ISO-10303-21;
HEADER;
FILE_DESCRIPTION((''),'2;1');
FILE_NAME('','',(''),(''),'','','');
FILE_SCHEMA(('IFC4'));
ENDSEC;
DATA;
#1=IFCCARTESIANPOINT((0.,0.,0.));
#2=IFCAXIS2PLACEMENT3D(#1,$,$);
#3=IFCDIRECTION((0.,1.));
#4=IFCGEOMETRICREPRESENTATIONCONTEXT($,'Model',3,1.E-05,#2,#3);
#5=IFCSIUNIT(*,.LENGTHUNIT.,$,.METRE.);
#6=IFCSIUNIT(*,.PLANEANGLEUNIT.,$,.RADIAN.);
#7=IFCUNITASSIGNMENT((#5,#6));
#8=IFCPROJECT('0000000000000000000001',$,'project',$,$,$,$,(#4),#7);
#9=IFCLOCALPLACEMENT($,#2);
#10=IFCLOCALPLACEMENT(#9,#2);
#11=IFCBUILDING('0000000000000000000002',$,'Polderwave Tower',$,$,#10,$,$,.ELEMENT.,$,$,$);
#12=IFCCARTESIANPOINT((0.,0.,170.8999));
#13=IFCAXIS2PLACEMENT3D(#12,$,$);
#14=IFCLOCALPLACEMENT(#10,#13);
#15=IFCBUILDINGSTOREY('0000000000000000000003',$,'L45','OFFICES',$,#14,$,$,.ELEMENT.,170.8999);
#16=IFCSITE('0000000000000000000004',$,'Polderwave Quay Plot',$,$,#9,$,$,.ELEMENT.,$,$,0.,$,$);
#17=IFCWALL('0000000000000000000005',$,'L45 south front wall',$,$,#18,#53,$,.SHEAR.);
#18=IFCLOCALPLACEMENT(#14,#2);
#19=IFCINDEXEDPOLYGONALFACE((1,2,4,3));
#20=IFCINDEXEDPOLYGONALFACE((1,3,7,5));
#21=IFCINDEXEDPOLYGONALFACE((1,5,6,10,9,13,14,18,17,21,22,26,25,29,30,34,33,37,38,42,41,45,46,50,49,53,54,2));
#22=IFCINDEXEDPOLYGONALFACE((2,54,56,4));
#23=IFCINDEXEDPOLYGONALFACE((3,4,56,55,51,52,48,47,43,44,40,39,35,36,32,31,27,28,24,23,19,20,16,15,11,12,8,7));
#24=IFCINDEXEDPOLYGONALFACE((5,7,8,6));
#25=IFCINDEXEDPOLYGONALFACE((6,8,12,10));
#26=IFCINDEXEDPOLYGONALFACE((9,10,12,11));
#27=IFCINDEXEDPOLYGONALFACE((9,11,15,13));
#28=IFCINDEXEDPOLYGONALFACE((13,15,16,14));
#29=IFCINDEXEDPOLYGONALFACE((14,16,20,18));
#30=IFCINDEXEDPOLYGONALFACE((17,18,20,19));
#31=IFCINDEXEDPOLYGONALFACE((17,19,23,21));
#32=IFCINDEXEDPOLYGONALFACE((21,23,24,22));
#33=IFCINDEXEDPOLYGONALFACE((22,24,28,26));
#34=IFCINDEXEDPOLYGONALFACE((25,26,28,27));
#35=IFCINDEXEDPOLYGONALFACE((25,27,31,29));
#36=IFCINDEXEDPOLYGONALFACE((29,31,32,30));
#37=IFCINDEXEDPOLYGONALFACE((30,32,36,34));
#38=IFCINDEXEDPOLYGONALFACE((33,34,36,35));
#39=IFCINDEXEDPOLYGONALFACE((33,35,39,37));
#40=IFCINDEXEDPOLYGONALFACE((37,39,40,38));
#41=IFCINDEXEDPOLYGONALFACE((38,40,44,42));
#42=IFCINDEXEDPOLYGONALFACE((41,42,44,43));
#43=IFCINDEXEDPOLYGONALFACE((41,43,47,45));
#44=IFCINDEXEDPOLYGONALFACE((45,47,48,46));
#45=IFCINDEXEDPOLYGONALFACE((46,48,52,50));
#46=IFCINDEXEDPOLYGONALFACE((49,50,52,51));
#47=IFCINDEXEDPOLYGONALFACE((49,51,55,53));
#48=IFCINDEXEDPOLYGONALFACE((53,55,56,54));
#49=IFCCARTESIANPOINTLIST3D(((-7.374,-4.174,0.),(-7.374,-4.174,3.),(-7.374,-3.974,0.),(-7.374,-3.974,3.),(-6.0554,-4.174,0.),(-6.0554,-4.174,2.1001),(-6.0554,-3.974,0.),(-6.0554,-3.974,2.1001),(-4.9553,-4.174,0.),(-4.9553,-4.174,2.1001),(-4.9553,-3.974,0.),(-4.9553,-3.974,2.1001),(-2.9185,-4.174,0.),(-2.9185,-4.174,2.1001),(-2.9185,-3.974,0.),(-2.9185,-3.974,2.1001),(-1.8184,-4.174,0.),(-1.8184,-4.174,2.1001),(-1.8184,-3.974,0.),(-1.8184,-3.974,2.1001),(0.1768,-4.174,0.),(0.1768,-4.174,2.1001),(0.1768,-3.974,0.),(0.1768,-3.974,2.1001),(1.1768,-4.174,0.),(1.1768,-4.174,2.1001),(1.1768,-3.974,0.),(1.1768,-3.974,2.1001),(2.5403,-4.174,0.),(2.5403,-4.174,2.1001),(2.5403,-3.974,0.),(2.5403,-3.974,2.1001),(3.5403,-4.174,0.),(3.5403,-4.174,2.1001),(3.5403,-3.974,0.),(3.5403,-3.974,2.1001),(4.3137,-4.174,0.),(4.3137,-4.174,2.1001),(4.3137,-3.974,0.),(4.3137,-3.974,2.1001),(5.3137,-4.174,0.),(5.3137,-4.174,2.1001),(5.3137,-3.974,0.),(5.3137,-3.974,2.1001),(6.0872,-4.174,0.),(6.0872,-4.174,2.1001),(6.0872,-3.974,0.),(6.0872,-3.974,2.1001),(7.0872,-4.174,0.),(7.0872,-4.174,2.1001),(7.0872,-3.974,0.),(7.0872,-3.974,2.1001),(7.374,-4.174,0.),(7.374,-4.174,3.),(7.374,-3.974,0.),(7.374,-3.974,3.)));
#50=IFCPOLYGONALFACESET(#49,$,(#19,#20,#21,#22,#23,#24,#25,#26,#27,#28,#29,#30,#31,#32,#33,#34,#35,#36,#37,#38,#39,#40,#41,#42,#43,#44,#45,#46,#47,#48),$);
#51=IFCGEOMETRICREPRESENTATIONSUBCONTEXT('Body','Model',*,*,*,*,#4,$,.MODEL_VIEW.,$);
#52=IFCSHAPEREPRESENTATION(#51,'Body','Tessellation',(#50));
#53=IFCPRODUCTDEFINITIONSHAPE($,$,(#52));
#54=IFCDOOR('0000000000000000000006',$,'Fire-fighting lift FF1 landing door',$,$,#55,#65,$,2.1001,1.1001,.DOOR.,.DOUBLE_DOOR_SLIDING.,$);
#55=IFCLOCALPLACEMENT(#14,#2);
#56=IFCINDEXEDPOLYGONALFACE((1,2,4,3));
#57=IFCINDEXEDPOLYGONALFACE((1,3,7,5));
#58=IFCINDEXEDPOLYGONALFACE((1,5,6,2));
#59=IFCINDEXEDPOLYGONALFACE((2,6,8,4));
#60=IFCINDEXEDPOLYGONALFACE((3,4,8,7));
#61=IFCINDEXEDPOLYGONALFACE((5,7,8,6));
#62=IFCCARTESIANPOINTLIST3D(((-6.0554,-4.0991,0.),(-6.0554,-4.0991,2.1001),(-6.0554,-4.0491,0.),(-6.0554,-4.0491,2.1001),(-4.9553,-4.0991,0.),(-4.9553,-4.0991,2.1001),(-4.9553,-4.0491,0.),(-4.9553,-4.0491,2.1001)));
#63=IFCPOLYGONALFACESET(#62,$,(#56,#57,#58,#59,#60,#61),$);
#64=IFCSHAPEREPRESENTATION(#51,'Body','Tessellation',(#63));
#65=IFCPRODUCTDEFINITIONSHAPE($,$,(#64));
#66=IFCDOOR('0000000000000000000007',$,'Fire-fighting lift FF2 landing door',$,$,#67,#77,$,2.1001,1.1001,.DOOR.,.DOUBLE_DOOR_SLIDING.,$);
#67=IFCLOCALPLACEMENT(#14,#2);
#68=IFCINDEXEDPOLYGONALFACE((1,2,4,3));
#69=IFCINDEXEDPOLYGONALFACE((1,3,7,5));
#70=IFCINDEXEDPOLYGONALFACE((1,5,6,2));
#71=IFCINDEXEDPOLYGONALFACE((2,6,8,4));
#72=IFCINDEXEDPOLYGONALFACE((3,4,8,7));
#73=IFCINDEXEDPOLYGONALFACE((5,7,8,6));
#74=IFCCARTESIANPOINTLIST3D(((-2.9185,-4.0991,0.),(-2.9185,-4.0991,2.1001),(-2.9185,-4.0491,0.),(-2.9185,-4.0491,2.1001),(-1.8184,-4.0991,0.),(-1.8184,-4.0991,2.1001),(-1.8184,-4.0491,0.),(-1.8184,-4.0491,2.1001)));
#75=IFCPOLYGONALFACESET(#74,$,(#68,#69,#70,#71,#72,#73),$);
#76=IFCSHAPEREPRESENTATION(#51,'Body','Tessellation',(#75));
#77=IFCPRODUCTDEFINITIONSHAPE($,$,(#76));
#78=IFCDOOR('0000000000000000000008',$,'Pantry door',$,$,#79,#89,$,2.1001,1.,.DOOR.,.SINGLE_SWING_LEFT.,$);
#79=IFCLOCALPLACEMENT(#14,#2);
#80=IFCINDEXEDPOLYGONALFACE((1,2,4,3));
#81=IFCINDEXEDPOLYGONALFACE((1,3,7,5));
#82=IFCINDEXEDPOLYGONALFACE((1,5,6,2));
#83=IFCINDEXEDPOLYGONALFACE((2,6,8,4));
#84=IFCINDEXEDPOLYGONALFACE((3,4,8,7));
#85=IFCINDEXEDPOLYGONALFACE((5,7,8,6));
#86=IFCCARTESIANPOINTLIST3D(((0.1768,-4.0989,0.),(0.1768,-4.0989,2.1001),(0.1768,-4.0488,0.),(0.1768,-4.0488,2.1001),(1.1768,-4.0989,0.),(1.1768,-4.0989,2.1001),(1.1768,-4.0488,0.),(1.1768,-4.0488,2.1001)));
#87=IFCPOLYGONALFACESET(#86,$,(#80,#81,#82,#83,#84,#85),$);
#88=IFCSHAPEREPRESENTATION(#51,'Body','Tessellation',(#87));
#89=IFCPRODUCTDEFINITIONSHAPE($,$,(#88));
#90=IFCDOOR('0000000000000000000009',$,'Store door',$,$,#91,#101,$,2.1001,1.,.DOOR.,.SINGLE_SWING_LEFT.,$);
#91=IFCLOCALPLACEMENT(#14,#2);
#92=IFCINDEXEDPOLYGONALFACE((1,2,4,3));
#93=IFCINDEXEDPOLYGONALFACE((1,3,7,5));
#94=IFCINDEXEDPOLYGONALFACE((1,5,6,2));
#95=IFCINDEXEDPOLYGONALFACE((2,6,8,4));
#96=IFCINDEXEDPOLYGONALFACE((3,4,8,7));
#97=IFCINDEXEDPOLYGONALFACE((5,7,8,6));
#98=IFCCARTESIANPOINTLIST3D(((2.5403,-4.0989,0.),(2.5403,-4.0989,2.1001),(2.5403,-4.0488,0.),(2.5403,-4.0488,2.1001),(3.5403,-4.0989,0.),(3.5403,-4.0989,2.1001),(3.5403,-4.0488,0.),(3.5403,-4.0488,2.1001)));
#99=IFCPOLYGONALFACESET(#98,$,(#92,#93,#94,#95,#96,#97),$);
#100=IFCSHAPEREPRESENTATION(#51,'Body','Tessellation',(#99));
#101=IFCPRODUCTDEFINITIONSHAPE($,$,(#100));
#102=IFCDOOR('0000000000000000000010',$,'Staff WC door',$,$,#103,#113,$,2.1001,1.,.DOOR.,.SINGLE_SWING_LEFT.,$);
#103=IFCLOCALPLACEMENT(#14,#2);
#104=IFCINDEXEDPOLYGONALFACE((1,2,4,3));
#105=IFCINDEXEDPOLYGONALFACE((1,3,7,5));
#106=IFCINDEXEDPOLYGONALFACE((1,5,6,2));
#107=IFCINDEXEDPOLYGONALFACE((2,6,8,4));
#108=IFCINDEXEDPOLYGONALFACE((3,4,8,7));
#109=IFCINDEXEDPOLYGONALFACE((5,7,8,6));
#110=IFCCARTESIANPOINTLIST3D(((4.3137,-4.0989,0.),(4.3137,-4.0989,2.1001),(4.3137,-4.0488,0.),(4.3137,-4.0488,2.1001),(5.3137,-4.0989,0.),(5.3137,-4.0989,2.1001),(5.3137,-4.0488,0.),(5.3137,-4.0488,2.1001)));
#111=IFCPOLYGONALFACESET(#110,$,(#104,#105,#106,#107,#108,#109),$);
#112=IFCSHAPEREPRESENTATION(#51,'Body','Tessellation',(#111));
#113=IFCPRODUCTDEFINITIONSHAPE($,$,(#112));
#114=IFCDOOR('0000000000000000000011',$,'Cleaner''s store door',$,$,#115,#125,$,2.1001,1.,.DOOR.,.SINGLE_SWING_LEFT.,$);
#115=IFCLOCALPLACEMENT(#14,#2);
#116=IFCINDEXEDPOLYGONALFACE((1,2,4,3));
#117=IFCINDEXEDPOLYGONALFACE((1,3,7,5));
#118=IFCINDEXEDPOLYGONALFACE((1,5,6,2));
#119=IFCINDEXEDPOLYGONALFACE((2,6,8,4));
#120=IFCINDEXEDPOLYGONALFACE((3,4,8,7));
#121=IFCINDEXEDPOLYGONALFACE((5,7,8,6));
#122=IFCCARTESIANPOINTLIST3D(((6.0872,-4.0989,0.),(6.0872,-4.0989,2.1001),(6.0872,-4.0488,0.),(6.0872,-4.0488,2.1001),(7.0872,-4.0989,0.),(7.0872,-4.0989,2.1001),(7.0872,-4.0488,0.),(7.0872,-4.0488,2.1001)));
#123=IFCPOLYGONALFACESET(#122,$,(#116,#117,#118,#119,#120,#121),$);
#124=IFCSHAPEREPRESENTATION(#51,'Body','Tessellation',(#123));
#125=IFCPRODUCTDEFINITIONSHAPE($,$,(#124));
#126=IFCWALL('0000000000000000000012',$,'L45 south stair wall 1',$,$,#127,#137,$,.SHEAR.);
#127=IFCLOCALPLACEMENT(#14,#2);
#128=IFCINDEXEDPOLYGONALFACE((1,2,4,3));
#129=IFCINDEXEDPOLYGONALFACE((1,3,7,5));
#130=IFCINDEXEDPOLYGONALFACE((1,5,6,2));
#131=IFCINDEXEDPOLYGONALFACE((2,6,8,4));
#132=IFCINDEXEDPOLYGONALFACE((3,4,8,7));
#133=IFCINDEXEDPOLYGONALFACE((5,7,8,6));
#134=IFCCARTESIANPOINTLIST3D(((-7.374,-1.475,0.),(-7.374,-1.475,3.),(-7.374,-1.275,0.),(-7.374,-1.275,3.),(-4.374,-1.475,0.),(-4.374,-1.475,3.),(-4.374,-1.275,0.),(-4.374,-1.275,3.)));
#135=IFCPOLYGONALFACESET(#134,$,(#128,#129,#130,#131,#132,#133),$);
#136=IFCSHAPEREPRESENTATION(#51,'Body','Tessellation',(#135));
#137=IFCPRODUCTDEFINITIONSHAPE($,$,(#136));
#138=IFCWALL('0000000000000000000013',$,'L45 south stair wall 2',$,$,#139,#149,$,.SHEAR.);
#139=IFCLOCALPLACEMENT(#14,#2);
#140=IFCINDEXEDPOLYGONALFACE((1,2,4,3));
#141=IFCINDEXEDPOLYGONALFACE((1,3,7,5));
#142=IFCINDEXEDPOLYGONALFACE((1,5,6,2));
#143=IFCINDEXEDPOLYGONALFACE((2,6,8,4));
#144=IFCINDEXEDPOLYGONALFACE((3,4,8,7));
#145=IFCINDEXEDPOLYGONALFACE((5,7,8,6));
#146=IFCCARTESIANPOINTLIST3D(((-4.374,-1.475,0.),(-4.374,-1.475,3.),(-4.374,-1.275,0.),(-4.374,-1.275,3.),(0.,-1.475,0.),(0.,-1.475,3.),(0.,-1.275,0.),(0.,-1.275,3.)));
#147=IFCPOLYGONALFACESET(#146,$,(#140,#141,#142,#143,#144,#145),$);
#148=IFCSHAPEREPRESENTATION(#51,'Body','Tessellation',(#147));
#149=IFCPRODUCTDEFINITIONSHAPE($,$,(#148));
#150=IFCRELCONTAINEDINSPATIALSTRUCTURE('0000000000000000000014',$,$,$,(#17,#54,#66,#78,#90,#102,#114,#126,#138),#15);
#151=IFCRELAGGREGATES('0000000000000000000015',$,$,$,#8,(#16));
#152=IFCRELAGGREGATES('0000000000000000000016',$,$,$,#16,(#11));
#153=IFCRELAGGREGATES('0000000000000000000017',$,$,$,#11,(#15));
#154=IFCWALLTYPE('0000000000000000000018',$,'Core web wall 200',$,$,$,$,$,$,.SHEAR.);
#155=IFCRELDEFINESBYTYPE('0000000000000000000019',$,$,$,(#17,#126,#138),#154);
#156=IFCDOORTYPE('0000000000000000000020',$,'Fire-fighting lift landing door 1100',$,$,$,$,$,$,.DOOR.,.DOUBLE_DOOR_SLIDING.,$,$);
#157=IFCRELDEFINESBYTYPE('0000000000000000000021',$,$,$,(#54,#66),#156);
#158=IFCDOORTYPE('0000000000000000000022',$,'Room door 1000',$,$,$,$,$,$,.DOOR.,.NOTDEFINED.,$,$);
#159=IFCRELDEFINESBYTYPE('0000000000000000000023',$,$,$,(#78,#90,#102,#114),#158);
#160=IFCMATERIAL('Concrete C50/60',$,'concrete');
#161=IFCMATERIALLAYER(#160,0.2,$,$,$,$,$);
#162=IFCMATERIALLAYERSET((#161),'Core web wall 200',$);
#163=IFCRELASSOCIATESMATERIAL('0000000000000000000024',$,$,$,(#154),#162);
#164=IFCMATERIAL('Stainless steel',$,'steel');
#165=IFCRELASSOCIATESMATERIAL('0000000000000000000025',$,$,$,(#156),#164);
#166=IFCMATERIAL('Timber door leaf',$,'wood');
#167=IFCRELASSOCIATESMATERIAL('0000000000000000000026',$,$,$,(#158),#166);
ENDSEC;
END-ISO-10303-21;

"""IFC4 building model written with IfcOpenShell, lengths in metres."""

from ifc_helpers import new_model, si_unit, direction, frame, frame_2d, origin, place, context, subcontext, project, spatial, rectangle, extrude, material, layer, layer_set, type_object, element, fill, save


model = new_model("IFC4")

# Units and contexts
model_context = context("Model", 3, precision=1e-05, world=origin(), true_north=direction((0.0, 1.0)))
body_context = subcontext(model_context, "Body", "Model", "MODEL_VIEW")
ifc_project = project(units=[si_unit("LENGTHUNIT", "METRE"), si_unit("PLANEANGLEUNIT", "RADIAN")], contexts=[model_context])

# Site, building, storey
site_placement = place(None, origin())
site = spatial("IfcSite", under=ifc_project, at=site_placement, Name="Polderwave Quay Plot", CompositionType="ELEMENT", RefElevation=0.0)
building_placement = place(site_placement, origin())
building = spatial("IfcBuilding", under=site, at=building_placement, Name="Polderwave Tower", CompositionType="ELEMENT")
storey_placement = place(building_placement, frame((0.0, 0.0, 170.8999)))
storey = spatial("IfcBuildingStorey", under=building, at=storey_placement, Name="L45", Description="OFFICES", CompositionType="ELEMENT", Elevation=170.8999)

# Wall, openings, doors
ifc_material_1 = material(Name="Concrete C50/60", Category="concrete")
ifc_layer_1 = layer(ifc_material_1, 0.2)
ifc_layer_set_1 = layer_set([ifc_layer_1], Name="Core web wall 200")
wall_type_1 = type_object("IfcWallType", Name="Core web wall 200", PredefinedType="SHEAR", material=ifc_layer_set_1)
wall_1_placement = place(storey_placement, frame((-7.374, -4.074, 0.0), z_axis=(0.0, 0.0, 1.0), x_axis=(1.0, 0.0, 0.0)))
wall_1 = element("IfcWall", 1, at=wall_1_placement, inside=storey, type_object=wall_type_1, Name="L45 south front wall", PredefinedType="SHEAR", context=body_context, shape_type="SweptSolid", body=[
    extrude(rectangle(XDim=14.748, YDim=0.2, at=frame_2d((7.374, 0.0))), origin(), (0.0, 0.0, 1.0), 3.0),
])
opening_1_placement = place(wall_1_placement, frame((1.3186, 0.0, 0.0)))
opening_1 = element("IfcOpeningElement", 2, at=opening_1_placement, cuts=wall_1, PredefinedType="OPENING", context=body_context, shape_type="SweptSolid", body=[
    extrude(rectangle(XDim=1.1001, YDim=2.1001, at=frame_2d((0.55, 1.05))), frame((0.0, 0.1099, 0.0), z_axis=(0.0, -1.0, 0.0), x_axis=(1.0, 0.0, 0.0)), (0.0, 0.0, 1.0), 0.22),
])
opening_2_placement = place(wall_1_placement, frame((4.4556, 0.0, 0.0)))
opening_2 = element("IfcOpeningElement", 3, at=opening_2_placement, cuts=wall_1, PredefinedType="OPENING", context=body_context, shape_type="SweptSolid", body=[
    extrude(rectangle(XDim=1.1001, YDim=2.1001, at=frame_2d((0.55, 1.05))), frame((0.0, 0.1099, 0.0), z_axis=(0.0, -1.0, 0.0), x_axis=(1.0, 0.0, 0.0)), (0.0, 0.0, 1.0), 0.22),
])
opening_3_placement = place(wall_1_placement, frame((7.5508, 0.0, 0.0)))
opening_3 = element("IfcOpeningElement", 4, at=opening_3_placement, cuts=wall_1, PredefinedType="OPENING", context=body_context, shape_type="SweptSolid", body=[
    extrude(rectangle(XDim=1.0, YDim=2.1001, at=frame_2d((0.5, 1.05))), frame((0.0, 0.1099, 0.0), z_axis=(0.0, -1.0, 0.0), x_axis=(1.0, 0.0, 0.0)), (0.0, 0.0, 1.0), 0.22),
])
opening_4_placement = place(wall_1_placement, frame((9.9143, 0.0, 0.0)))
opening_4 = element("IfcOpeningElement", 5, at=opening_4_placement, cuts=wall_1, PredefinedType="OPENING", context=body_context, shape_type="SweptSolid", body=[
    extrude(rectangle(XDim=1.0, YDim=2.1001, at=frame_2d((0.5, 1.05))), frame((0.0, 0.1099, 0.0), z_axis=(0.0, -1.0, 0.0), x_axis=(1.0, 0.0, 0.0)), (0.0, 0.0, 1.0), 0.22),
])
opening_5_placement = place(wall_1_placement, frame((11.6877, 0.0, 0.0)))
opening_5 = element("IfcOpeningElement", 6, at=opening_5_placement, cuts=wall_1, PredefinedType="OPENING", context=body_context, shape_type="SweptSolid", body=[
    extrude(rectangle(XDim=1.0, YDim=2.1001, at=frame_2d((0.5, 1.05))), frame((0.0, 0.1099, 0.0), z_axis=(0.0, -1.0, 0.0), x_axis=(1.0, 0.0, 0.0)), (0.0, 0.0, 1.0), 0.22),
])
opening_6_placement = place(wall_1_placement, frame((13.4612, 0.0, 0.0)))
opening_6 = element("IfcOpeningElement", 7, at=opening_6_placement, cuts=wall_1, PredefinedType="OPENING", context=body_context, shape_type="SweptSolid", body=[
    extrude(rectangle(XDim=1.0, YDim=2.1001, at=frame_2d((0.5, 1.05))), frame((0.0, 0.1099, 0.0), z_axis=(0.0, -1.0, 0.0), x_axis=(1.0, 0.0, 0.0)), (0.0, 0.0, 1.0), 0.22),
])
ifc_material_2 = material(Name="Stainless steel", Category="steel")
door_type_1 = type_object("IfcDoorType", Name="Fire-fighting lift landing door 1100", OperationType="DOUBLE_DOOR_SLIDING", PredefinedType="DOOR", material=ifc_material_2)
door_1_placement = place(opening_1_placement, origin())
door_1 = element("IfcDoor", 8, at=door_1_placement, inside=storey, type_object=door_type_1, Name="Fire-fighting lift FF1 landing door", OperationType="DOUBLE_DOOR_SLIDING", OverallHeight=2.1001, OverallWidth=1.1001, PredefinedType="DOOR", context=body_context, shape_type="SweptSolid", body=[
    extrude(rectangle(XDim=1.1001, YDim=2.1001, at=frame_2d((0.55, 1.05))), frame((0.0, 0.0249, 0.0), z_axis=(0.0, -1.0, 0.0), x_axis=(1.0, 0.0, 0.0)), (0.0, 0.0, 1.0), 0.05),
])
fill(opening_1, door_1)
door_2_placement = place(opening_2_placement, origin())
door_2 = element("IfcDoor", 9, at=door_2_placement, inside=storey, type_object=door_type_1, Name="Fire-fighting lift FF2 landing door", OperationType="DOUBLE_DOOR_SLIDING", OverallHeight=2.1001, OverallWidth=1.1001, PredefinedType="DOOR", context=body_context, shape_type="SweptSolid", body=[
    extrude(rectangle(XDim=1.1001, YDim=2.1001, at=frame_2d((0.55, 1.05))), frame((0.0, 0.0249, 0.0), z_axis=(0.0, -1.0, 0.0), x_axis=(1.0, 0.0, 0.0)), (0.0, 0.0, 1.0), 0.05),
])
fill(opening_2, door_2)
ifc_material_3 = material(Name="Timber door leaf", Category="wood")
door_type_2 = type_object("IfcDoorType", Name="Room door 1000", OperationType="NOTDEFINED", PredefinedType="DOOR", material=ifc_material_3)
door_3_placement = place(opening_3_placement, frame((1.0, 0.0, 0.0), z_axis=(0.0, 0.0, 1.0), x_axis=(-1.0, 0.0, 0.0)))
door_3 = element("IfcDoor", 10, at=door_3_placement, inside=storey, type_object=door_type_2, Name="Pantry door", OperationType="SINGLE_SWING_LEFT", OverallHeight=2.1001, OverallWidth=1.0, PredefinedType="DOOR", context=body_context, shape_type="SweptSolid", body=[
    extrude(rectangle(XDim=1.0, YDim=2.1001, at=frame_2d((0.5, 1.05))), frame((0.0, 0.0249, 0.0), z_axis=(0.0, -1.0, 0.0), x_axis=(1.0, 0.0, 0.0)), (0.0, 0.0, 1.0), 0.05),
])
fill(opening_3, door_3)
door_4_placement = place(opening_4_placement, frame((1.0, 0.0, 0.0), z_axis=(0.0, 0.0, 1.0), x_axis=(-1.0, 0.0, 0.0)))
door_4 = element("IfcDoor", 11, at=door_4_placement, inside=storey, type_object=door_type_2, Name="Store door", OperationType="SINGLE_SWING_LEFT", OverallHeight=2.1001, OverallWidth=1.0, PredefinedType="DOOR", context=body_context, shape_type="SweptSolid", body=[
    extrude(rectangle(XDim=1.0, YDim=2.1001, at=frame_2d((0.5, 1.05))), frame((0.0, 0.0249, 0.0), z_axis=(0.0, -1.0, 0.0), x_axis=(1.0, 0.0, 0.0)), (0.0, 0.0, 1.0), 0.05),
])
fill(opening_4, door_4)
door_5_placement = place(opening_5_placement, frame((1.0, 0.0, 0.0), z_axis=(0.0, 0.0, 1.0), x_axis=(-1.0, 0.0, 0.0)))
door_5 = element("IfcDoor", 12, at=door_5_placement, inside=storey, type_object=door_type_2, Name="Staff WC door", OperationType="SINGLE_SWING_LEFT", OverallHeight=2.1001, OverallWidth=1.0, PredefinedType="DOOR", context=body_context, shape_type="SweptSolid", body=[
    extrude(rectangle(XDim=1.0, YDim=2.1001, at=frame_2d((0.5, 1.05))), frame((0.0, 0.0249, 0.0), z_axis=(0.0, -1.0, 0.0), x_axis=(1.0, 0.0, 0.0)), (0.0, 0.0, 1.0), 0.05),
])
fill(opening_5, door_5)
door_6_placement = place(opening_6_placement, frame((1.0, 0.0, 0.0), z_axis=(0.0, 0.0, 1.0), x_axis=(-1.0, 0.0, 0.0)))
door_6 = element("IfcDoor", 13, at=door_6_placement, inside=storey, type_object=door_type_2, Name="Cleaner's store door", OperationType="SINGLE_SWING_LEFT", OverallHeight=2.1001, OverallWidth=1.0, PredefinedType="DOOR", context=body_context, shape_type="SweptSolid", body=[
    extrude(rectangle(XDim=1.0, YDim=2.1001, at=frame_2d((0.5, 1.05))), frame((0.0, 0.0249, 0.0), z_axis=(0.0, -1.0, 0.0), x_axis=(1.0, 0.0, 0.0)), (0.0, 0.0, 1.0), 0.05),
])
fill(opening_6, door_6)

# Walls
wall_2_placement = place(storey_placement, frame((-7.374, -1.375, 0.0), z_axis=(0.0, 0.0, 1.0), x_axis=(1.0, 0.0, 0.0)))
element("IfcWall", 14, at=wall_2_placement, inside=storey, type_object=wall_type_1, Name="L45 south stair wall 1", PredefinedType="SHEAR", context=body_context, shape_type="SweptSolid", body=[
    extrude(rectangle(XDim=3.0, YDim=0.2, at=frame_2d((1.5, 0.0))), origin(), (0.0, 0.0, 1.0), 3.0),
])
wall_3_placement = place(storey_placement, frame((-4.374, -1.375, 0.0), z_axis=(0.0, 0.0, 1.0), x_axis=(1.0, 0.0, 0.0)))
element("IfcWall", 15, at=wall_3_placement, inside=storey, type_object=wall_type_1, Name="L45 south stair wall 2", PredefinedType="SHEAR", context=body_context, shape_type="SweptSolid", body=[
    extrude(rectangle(XDim=4.374, YDim=0.2, at=frame_2d((2.187, 0.0))), origin(), (0.0, 0.0, 1.0), 3.0),
])

save(model, "model.ifc")
